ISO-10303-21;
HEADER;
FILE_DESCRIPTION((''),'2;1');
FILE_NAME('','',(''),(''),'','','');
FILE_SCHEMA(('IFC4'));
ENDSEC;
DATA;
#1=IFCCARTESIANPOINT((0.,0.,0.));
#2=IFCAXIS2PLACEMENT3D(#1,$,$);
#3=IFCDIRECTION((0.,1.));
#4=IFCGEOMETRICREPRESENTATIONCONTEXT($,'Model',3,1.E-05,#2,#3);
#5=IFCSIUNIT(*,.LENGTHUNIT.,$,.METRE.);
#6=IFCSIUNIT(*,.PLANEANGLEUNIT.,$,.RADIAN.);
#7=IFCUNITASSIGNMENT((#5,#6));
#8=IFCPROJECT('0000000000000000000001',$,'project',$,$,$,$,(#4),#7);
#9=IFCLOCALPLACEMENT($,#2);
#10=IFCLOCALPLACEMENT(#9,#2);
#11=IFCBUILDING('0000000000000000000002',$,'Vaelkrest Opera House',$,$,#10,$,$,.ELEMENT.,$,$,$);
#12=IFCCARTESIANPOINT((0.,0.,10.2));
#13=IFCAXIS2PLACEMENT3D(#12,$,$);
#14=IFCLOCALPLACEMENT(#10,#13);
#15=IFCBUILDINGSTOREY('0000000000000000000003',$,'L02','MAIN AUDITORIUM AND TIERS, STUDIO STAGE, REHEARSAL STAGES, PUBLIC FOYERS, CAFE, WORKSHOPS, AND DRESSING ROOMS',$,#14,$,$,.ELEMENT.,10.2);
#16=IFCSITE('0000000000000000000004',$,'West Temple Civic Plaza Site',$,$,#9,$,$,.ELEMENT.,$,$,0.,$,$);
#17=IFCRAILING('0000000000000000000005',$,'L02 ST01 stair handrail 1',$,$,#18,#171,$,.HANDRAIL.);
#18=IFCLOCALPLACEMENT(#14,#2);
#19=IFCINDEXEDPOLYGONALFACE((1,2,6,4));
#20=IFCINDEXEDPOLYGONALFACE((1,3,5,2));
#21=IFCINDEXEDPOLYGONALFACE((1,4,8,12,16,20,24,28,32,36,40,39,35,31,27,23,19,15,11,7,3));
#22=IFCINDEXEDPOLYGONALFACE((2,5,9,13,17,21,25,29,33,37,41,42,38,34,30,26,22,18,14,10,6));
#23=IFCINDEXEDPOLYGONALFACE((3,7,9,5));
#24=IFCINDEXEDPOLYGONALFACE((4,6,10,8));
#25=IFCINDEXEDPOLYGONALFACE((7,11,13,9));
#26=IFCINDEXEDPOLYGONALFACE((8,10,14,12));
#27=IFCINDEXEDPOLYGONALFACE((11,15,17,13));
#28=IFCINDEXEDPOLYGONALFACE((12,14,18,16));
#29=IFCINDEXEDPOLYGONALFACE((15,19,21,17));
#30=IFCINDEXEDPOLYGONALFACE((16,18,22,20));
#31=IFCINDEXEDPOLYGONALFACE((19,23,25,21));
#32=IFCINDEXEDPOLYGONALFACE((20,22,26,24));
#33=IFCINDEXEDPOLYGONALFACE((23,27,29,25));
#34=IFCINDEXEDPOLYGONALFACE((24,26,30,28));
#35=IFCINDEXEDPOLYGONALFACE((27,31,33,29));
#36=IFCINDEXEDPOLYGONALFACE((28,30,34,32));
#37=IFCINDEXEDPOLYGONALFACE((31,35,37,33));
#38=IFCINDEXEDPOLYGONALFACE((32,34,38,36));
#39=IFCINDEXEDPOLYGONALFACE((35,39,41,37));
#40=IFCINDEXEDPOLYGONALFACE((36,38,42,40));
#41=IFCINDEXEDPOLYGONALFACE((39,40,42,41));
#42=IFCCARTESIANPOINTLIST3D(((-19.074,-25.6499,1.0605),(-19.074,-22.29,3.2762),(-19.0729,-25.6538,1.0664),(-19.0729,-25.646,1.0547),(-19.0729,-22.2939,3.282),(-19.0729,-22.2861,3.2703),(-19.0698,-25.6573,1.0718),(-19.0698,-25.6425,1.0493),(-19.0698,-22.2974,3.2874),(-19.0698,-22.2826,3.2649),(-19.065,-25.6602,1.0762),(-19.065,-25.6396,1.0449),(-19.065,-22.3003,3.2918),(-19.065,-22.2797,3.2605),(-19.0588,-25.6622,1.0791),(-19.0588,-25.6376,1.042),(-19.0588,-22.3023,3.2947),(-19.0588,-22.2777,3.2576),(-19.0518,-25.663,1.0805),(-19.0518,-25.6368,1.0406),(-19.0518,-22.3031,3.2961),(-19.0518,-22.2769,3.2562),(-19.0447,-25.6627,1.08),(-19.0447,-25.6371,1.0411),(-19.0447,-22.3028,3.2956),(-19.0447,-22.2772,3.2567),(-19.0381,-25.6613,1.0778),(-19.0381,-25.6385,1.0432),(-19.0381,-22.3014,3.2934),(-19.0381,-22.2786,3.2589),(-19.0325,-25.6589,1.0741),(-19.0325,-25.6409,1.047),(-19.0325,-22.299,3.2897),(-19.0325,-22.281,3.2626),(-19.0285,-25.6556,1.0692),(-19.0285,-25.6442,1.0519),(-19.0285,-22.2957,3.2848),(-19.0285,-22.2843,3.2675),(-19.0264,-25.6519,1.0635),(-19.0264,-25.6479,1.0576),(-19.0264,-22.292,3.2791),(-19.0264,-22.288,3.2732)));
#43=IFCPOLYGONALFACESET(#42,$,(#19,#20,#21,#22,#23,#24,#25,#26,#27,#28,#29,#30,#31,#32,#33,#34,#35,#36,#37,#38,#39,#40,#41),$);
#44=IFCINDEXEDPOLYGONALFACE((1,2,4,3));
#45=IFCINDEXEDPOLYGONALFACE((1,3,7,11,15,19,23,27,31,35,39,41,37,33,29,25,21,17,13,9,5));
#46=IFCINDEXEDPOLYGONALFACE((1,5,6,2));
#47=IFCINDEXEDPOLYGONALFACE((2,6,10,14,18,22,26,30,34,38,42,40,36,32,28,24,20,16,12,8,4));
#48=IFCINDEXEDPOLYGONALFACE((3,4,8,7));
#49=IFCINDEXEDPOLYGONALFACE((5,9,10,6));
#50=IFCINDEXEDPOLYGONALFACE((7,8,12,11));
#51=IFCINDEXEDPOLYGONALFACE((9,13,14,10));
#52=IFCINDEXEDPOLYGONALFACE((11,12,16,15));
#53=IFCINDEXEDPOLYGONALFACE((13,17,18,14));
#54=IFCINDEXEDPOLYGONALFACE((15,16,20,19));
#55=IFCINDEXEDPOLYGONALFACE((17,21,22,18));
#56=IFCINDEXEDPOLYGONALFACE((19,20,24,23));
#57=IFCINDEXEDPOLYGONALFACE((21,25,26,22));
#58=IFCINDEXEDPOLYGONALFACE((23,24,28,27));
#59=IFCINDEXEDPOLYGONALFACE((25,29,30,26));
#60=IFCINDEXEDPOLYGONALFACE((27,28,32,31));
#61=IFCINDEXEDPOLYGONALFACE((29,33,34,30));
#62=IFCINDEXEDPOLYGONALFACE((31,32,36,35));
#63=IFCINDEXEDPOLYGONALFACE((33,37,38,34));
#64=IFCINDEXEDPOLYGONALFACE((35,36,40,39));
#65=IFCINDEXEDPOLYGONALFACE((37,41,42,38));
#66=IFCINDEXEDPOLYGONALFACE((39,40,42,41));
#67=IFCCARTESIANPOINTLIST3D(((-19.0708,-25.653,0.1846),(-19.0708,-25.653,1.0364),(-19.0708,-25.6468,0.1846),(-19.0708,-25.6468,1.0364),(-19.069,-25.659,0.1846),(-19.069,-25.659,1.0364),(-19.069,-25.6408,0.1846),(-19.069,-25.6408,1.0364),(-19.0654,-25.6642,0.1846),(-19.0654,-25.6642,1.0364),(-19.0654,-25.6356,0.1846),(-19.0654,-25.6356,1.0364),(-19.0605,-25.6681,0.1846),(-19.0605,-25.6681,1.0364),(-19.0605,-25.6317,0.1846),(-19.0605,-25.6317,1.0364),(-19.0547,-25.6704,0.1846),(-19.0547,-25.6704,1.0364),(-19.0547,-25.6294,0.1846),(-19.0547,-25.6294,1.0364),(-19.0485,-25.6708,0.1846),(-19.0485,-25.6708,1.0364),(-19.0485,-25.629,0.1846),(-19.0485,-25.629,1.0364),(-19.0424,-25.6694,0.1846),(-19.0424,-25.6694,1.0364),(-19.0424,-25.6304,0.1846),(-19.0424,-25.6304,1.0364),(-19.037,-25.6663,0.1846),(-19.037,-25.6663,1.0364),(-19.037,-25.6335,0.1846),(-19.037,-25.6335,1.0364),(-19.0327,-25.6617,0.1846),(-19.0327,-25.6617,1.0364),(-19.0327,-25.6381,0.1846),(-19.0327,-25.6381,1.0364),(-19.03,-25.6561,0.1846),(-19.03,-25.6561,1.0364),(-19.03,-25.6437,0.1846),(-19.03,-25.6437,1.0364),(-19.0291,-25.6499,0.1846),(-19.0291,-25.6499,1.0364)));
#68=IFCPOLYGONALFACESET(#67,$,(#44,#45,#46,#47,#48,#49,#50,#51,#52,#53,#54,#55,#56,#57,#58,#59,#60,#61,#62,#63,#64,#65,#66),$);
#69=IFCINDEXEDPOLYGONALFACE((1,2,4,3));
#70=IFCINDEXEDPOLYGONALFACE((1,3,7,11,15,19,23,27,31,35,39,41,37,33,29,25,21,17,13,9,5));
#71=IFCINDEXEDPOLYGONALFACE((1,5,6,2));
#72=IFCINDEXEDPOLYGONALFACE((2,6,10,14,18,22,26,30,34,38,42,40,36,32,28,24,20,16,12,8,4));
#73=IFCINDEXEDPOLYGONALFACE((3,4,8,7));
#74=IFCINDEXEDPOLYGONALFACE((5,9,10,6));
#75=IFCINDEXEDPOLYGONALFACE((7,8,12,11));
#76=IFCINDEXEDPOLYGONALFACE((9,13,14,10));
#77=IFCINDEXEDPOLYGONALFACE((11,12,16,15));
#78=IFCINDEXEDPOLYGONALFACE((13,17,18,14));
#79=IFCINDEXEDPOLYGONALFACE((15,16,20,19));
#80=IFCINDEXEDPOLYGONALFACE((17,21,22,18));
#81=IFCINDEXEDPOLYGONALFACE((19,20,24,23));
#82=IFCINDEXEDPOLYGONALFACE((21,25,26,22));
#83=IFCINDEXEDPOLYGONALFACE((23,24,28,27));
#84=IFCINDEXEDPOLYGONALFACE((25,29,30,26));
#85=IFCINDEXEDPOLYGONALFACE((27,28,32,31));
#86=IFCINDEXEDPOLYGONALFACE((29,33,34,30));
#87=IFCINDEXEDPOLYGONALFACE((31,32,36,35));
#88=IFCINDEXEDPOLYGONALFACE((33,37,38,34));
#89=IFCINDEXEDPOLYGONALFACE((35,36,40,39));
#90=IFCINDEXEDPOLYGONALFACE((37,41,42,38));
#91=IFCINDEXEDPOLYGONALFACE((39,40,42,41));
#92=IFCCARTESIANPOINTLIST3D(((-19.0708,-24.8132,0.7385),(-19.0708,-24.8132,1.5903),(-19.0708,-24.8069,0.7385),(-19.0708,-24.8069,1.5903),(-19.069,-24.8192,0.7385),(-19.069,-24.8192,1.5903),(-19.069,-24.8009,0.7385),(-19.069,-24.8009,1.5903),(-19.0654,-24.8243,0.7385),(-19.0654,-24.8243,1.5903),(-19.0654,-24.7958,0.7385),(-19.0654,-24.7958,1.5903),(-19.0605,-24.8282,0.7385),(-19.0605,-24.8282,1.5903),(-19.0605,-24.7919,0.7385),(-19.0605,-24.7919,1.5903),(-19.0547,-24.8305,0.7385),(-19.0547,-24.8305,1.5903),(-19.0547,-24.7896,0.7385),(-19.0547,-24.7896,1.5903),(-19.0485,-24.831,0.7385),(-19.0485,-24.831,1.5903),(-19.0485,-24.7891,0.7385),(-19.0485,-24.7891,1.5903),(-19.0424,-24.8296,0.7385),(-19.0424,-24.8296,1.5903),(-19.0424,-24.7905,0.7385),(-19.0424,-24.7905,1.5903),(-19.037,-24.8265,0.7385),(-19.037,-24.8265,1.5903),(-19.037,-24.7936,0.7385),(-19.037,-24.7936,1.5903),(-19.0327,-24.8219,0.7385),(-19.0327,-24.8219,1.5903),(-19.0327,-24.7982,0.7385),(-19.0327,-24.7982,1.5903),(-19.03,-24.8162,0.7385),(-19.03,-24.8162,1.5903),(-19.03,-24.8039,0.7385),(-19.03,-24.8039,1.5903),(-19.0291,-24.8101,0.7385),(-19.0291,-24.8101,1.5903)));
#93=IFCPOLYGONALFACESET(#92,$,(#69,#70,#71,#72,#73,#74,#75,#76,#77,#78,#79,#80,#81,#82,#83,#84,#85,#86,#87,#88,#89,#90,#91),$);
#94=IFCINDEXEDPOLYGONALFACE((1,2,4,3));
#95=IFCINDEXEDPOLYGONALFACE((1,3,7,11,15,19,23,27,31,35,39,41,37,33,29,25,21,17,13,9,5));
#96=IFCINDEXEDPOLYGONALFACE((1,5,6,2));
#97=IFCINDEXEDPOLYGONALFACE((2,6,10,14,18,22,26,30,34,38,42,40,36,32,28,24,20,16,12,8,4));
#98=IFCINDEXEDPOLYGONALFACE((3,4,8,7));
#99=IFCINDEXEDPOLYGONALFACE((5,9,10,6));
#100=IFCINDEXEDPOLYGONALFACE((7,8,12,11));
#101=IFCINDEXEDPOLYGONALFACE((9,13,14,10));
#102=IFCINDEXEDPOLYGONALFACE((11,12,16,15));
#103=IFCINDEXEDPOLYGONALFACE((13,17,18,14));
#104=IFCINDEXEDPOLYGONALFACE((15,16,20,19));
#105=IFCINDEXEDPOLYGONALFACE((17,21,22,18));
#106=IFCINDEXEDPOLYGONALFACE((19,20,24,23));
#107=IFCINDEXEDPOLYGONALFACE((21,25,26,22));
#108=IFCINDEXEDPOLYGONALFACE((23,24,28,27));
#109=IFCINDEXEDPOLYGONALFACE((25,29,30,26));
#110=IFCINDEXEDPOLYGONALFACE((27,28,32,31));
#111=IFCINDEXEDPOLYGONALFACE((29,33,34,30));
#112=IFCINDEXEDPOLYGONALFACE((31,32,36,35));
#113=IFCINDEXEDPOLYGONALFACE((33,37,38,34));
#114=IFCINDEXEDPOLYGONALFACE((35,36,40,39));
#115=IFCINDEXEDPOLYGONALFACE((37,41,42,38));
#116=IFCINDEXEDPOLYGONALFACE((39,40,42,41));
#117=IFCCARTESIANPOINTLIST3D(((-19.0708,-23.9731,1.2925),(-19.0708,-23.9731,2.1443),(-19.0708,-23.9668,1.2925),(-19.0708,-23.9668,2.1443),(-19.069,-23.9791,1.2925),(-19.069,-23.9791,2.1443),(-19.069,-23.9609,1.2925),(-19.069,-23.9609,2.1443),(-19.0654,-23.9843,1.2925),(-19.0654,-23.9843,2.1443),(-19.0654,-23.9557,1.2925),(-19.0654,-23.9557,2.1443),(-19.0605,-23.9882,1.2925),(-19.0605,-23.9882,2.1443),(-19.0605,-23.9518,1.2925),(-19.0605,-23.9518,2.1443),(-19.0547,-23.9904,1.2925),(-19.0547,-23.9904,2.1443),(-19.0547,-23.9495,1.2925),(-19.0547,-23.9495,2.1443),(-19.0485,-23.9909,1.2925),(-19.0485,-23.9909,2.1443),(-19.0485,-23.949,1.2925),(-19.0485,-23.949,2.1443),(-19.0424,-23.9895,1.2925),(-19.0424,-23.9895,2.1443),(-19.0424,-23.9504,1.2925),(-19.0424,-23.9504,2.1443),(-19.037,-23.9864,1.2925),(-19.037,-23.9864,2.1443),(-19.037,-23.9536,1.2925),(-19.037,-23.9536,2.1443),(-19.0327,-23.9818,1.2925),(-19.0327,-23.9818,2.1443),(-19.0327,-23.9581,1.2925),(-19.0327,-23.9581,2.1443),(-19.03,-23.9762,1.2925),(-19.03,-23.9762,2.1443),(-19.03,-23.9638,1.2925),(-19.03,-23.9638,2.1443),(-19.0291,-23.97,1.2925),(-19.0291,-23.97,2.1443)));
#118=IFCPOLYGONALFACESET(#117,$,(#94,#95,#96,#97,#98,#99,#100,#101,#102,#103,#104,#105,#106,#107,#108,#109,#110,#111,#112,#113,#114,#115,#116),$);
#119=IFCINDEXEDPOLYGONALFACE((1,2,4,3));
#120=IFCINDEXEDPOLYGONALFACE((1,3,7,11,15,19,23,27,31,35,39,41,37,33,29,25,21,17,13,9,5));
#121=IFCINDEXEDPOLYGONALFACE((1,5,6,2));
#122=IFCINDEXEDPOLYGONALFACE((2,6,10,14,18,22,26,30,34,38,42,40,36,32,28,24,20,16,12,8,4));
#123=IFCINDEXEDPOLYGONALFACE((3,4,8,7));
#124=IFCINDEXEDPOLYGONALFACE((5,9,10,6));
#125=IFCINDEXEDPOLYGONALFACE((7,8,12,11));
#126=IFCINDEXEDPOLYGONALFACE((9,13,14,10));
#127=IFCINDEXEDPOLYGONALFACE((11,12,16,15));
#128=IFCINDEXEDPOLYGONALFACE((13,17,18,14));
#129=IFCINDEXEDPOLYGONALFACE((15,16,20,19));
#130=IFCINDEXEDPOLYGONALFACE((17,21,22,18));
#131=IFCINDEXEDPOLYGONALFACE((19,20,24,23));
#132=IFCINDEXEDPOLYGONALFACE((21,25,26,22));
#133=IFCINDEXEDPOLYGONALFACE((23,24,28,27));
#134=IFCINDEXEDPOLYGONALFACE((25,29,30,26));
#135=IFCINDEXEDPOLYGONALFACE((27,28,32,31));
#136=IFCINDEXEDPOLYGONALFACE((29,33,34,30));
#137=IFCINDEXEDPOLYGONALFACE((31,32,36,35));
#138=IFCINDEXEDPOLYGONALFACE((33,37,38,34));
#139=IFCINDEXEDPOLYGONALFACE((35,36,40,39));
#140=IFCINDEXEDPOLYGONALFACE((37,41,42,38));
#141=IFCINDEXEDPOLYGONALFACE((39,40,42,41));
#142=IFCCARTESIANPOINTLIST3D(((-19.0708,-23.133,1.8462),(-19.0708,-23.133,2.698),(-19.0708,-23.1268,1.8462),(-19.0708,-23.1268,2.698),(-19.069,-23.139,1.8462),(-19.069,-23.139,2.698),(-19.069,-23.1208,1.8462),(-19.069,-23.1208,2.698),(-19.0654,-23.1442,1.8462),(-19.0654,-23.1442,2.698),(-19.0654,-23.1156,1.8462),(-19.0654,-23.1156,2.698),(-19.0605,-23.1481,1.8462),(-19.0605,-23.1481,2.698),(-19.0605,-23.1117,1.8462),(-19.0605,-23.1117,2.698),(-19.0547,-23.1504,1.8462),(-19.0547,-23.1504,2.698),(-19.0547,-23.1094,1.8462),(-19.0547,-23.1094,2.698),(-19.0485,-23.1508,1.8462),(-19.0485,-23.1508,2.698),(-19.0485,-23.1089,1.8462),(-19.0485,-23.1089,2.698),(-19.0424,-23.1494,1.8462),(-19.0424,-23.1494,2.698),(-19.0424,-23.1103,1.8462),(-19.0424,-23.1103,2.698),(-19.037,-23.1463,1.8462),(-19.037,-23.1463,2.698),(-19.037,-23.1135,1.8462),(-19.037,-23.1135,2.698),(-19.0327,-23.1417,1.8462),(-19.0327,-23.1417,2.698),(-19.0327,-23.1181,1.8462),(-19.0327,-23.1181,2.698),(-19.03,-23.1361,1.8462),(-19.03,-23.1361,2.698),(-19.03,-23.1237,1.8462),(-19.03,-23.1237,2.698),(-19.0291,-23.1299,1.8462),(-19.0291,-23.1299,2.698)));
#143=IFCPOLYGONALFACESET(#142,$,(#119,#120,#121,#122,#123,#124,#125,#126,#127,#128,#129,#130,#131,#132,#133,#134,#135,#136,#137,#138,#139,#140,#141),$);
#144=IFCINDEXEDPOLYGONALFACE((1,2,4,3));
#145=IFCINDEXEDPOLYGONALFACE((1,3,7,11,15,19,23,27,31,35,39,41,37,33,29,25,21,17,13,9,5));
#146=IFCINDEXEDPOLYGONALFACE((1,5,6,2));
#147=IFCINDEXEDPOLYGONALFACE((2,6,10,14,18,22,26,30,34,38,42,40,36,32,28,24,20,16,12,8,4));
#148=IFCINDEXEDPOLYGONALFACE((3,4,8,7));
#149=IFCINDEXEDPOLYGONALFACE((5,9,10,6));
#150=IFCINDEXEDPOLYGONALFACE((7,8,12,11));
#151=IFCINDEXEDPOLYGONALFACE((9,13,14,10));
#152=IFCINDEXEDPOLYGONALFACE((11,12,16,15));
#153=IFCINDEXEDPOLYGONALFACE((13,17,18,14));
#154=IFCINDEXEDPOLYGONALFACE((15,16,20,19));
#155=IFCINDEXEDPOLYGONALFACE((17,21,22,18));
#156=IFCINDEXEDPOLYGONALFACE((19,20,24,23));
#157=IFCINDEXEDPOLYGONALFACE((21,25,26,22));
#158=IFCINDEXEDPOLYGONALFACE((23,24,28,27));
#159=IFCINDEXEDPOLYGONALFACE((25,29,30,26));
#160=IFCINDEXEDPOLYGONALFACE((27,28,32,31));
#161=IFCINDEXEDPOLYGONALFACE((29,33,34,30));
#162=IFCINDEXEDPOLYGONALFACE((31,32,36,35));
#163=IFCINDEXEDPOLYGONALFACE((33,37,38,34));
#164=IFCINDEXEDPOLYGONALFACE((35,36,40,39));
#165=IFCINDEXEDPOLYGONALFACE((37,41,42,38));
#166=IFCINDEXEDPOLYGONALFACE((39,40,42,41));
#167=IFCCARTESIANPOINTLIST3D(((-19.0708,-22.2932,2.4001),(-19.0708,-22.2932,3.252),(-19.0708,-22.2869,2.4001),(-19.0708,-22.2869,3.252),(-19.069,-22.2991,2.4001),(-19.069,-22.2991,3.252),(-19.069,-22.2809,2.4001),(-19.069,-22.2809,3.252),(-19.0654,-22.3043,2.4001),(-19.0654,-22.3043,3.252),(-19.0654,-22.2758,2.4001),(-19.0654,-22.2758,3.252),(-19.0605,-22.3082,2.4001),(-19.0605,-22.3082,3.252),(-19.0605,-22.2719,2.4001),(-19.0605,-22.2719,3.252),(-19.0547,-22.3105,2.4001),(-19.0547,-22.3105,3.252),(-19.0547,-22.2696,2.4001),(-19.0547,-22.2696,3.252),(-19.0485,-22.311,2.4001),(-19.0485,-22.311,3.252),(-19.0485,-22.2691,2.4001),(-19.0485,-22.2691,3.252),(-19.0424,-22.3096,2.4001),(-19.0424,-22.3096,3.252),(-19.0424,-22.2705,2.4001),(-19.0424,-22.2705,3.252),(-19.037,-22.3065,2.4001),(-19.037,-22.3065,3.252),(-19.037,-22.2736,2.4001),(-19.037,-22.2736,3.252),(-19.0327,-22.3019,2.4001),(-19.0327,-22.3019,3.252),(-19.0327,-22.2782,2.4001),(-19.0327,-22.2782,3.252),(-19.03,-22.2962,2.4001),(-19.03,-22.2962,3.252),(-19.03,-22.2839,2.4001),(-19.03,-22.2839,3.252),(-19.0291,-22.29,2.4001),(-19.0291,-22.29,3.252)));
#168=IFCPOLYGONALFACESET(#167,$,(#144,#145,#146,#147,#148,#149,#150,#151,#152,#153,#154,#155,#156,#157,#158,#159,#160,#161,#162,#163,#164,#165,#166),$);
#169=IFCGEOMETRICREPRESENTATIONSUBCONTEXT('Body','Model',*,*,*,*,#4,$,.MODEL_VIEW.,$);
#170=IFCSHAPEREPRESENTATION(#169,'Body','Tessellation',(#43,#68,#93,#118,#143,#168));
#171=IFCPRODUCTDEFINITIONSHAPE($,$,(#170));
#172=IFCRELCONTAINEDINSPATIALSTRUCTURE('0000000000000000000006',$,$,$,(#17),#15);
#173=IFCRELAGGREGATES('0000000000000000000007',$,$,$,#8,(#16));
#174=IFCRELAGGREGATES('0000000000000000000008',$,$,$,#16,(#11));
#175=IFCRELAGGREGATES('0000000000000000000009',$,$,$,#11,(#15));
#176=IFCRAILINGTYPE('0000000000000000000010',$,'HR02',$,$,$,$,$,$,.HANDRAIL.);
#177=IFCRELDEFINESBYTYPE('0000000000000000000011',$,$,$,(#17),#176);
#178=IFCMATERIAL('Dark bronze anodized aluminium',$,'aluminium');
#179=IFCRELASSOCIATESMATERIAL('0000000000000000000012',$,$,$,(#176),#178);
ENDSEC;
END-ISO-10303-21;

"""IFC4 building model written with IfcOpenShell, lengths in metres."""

from ifc_helpers import new_model, si_unit, direction, frame, origin, origin_2d, place, context, subcontext, project, spatial, circle, extrude, material, type_object, element, save


model = new_model("IFC4")

# Units and contexts
model_context = context("Model", 3, precision=1e-05, world=origin(), true_north=direction((0.0, 1.0)))
body_context = subcontext(model_context, "Body", "Model", "MODEL_VIEW")
ifc_project = project(units=[si_unit("LENGTHUNIT", "METRE"), si_unit("PLANEANGLEUNIT", "RADIAN")], contexts=[model_context])

# Site, building, storey
site_placement = place(None, origin())
site = spatial("IfcSite", under=ifc_project, at=site_placement, Name="West Temple Civic Plaza Site", CompositionType="ELEMENT", RefElevation=0.0)
building_placement = place(site_placement, origin())
building = spatial("IfcBuilding", under=site, at=building_placement, Name="Vaelkrest Opera House", CompositionType="ELEMENT")
storey_placement = place(building_placement, frame((0.0, 0.0, 10.2)))
storey = spatial("IfcBuildingStorey", under=building, at=storey_placement, Name="L02", Description="MAIN AUDITORIUM AND TIERS, STUDIO STAGE, REHEARSAL STAGES, PUBLIC FOYERS, CAFE, WORKSHOPS, AND DRESSING ROOMS", CompositionType="ELEMENT", Elevation=10.2)

# Shared definitions
ifc_material_1 = material(Name="Dark bronze anodized aluminium", Category="aluminium")

# Railing
railing_type_1 = type_object("IfcRailingType", Name="HR02", PredefinedType="HANDRAIL", material=ifc_material_1)
railing_1_placement = place(storey_placement, frame((-19.05, -25.6499, 0.1846)))
element("IfcRailing", 1, at=railing_1_placement, inside=storey, type_object=railing_type_1, Name="L02 ST01 stair handrail 1", PredefinedType="HANDRAIL", context=body_context, shape_type="SweptSolid", body=[
    extrude(circle(Radius=0.0239, at=origin_2d()), frame((0.0, 0.0, 0.876), z_axis=(0.0, 0.83483, 0.550508), x_axis=(-1.0, 0.0, 0.0)), (0.0, 0.0, 1.0), 4.0247),
    extrude(circle(Radius=0.021, at=origin_2d()), origin(), (0.0, 0.0, 1.0), 0.8518),
    extrude(circle(Radius=0.021, at=origin_2d()), frame((0.0, 0.8398, 0.554)), (0.0, 0.0, 1.0), 0.8518),
    extrude(circle(Radius=0.021, at=origin_2d()), frame((0.0, 1.6799, 1.1079)), (0.0, 0.0, 1.0), 0.8518),
    extrude(circle(Radius=0.021, at=origin_2d()), frame((0.0, 2.52, 1.6616)), (0.0, 0.0, 1.0), 0.8518),
    extrude(circle(Radius=0.021, at=origin_2d()), frame((0.0, 3.3599, 2.2156)), (0.0, 0.0, 1.0), 0.8518),
])

save(model, "model.ifc")
